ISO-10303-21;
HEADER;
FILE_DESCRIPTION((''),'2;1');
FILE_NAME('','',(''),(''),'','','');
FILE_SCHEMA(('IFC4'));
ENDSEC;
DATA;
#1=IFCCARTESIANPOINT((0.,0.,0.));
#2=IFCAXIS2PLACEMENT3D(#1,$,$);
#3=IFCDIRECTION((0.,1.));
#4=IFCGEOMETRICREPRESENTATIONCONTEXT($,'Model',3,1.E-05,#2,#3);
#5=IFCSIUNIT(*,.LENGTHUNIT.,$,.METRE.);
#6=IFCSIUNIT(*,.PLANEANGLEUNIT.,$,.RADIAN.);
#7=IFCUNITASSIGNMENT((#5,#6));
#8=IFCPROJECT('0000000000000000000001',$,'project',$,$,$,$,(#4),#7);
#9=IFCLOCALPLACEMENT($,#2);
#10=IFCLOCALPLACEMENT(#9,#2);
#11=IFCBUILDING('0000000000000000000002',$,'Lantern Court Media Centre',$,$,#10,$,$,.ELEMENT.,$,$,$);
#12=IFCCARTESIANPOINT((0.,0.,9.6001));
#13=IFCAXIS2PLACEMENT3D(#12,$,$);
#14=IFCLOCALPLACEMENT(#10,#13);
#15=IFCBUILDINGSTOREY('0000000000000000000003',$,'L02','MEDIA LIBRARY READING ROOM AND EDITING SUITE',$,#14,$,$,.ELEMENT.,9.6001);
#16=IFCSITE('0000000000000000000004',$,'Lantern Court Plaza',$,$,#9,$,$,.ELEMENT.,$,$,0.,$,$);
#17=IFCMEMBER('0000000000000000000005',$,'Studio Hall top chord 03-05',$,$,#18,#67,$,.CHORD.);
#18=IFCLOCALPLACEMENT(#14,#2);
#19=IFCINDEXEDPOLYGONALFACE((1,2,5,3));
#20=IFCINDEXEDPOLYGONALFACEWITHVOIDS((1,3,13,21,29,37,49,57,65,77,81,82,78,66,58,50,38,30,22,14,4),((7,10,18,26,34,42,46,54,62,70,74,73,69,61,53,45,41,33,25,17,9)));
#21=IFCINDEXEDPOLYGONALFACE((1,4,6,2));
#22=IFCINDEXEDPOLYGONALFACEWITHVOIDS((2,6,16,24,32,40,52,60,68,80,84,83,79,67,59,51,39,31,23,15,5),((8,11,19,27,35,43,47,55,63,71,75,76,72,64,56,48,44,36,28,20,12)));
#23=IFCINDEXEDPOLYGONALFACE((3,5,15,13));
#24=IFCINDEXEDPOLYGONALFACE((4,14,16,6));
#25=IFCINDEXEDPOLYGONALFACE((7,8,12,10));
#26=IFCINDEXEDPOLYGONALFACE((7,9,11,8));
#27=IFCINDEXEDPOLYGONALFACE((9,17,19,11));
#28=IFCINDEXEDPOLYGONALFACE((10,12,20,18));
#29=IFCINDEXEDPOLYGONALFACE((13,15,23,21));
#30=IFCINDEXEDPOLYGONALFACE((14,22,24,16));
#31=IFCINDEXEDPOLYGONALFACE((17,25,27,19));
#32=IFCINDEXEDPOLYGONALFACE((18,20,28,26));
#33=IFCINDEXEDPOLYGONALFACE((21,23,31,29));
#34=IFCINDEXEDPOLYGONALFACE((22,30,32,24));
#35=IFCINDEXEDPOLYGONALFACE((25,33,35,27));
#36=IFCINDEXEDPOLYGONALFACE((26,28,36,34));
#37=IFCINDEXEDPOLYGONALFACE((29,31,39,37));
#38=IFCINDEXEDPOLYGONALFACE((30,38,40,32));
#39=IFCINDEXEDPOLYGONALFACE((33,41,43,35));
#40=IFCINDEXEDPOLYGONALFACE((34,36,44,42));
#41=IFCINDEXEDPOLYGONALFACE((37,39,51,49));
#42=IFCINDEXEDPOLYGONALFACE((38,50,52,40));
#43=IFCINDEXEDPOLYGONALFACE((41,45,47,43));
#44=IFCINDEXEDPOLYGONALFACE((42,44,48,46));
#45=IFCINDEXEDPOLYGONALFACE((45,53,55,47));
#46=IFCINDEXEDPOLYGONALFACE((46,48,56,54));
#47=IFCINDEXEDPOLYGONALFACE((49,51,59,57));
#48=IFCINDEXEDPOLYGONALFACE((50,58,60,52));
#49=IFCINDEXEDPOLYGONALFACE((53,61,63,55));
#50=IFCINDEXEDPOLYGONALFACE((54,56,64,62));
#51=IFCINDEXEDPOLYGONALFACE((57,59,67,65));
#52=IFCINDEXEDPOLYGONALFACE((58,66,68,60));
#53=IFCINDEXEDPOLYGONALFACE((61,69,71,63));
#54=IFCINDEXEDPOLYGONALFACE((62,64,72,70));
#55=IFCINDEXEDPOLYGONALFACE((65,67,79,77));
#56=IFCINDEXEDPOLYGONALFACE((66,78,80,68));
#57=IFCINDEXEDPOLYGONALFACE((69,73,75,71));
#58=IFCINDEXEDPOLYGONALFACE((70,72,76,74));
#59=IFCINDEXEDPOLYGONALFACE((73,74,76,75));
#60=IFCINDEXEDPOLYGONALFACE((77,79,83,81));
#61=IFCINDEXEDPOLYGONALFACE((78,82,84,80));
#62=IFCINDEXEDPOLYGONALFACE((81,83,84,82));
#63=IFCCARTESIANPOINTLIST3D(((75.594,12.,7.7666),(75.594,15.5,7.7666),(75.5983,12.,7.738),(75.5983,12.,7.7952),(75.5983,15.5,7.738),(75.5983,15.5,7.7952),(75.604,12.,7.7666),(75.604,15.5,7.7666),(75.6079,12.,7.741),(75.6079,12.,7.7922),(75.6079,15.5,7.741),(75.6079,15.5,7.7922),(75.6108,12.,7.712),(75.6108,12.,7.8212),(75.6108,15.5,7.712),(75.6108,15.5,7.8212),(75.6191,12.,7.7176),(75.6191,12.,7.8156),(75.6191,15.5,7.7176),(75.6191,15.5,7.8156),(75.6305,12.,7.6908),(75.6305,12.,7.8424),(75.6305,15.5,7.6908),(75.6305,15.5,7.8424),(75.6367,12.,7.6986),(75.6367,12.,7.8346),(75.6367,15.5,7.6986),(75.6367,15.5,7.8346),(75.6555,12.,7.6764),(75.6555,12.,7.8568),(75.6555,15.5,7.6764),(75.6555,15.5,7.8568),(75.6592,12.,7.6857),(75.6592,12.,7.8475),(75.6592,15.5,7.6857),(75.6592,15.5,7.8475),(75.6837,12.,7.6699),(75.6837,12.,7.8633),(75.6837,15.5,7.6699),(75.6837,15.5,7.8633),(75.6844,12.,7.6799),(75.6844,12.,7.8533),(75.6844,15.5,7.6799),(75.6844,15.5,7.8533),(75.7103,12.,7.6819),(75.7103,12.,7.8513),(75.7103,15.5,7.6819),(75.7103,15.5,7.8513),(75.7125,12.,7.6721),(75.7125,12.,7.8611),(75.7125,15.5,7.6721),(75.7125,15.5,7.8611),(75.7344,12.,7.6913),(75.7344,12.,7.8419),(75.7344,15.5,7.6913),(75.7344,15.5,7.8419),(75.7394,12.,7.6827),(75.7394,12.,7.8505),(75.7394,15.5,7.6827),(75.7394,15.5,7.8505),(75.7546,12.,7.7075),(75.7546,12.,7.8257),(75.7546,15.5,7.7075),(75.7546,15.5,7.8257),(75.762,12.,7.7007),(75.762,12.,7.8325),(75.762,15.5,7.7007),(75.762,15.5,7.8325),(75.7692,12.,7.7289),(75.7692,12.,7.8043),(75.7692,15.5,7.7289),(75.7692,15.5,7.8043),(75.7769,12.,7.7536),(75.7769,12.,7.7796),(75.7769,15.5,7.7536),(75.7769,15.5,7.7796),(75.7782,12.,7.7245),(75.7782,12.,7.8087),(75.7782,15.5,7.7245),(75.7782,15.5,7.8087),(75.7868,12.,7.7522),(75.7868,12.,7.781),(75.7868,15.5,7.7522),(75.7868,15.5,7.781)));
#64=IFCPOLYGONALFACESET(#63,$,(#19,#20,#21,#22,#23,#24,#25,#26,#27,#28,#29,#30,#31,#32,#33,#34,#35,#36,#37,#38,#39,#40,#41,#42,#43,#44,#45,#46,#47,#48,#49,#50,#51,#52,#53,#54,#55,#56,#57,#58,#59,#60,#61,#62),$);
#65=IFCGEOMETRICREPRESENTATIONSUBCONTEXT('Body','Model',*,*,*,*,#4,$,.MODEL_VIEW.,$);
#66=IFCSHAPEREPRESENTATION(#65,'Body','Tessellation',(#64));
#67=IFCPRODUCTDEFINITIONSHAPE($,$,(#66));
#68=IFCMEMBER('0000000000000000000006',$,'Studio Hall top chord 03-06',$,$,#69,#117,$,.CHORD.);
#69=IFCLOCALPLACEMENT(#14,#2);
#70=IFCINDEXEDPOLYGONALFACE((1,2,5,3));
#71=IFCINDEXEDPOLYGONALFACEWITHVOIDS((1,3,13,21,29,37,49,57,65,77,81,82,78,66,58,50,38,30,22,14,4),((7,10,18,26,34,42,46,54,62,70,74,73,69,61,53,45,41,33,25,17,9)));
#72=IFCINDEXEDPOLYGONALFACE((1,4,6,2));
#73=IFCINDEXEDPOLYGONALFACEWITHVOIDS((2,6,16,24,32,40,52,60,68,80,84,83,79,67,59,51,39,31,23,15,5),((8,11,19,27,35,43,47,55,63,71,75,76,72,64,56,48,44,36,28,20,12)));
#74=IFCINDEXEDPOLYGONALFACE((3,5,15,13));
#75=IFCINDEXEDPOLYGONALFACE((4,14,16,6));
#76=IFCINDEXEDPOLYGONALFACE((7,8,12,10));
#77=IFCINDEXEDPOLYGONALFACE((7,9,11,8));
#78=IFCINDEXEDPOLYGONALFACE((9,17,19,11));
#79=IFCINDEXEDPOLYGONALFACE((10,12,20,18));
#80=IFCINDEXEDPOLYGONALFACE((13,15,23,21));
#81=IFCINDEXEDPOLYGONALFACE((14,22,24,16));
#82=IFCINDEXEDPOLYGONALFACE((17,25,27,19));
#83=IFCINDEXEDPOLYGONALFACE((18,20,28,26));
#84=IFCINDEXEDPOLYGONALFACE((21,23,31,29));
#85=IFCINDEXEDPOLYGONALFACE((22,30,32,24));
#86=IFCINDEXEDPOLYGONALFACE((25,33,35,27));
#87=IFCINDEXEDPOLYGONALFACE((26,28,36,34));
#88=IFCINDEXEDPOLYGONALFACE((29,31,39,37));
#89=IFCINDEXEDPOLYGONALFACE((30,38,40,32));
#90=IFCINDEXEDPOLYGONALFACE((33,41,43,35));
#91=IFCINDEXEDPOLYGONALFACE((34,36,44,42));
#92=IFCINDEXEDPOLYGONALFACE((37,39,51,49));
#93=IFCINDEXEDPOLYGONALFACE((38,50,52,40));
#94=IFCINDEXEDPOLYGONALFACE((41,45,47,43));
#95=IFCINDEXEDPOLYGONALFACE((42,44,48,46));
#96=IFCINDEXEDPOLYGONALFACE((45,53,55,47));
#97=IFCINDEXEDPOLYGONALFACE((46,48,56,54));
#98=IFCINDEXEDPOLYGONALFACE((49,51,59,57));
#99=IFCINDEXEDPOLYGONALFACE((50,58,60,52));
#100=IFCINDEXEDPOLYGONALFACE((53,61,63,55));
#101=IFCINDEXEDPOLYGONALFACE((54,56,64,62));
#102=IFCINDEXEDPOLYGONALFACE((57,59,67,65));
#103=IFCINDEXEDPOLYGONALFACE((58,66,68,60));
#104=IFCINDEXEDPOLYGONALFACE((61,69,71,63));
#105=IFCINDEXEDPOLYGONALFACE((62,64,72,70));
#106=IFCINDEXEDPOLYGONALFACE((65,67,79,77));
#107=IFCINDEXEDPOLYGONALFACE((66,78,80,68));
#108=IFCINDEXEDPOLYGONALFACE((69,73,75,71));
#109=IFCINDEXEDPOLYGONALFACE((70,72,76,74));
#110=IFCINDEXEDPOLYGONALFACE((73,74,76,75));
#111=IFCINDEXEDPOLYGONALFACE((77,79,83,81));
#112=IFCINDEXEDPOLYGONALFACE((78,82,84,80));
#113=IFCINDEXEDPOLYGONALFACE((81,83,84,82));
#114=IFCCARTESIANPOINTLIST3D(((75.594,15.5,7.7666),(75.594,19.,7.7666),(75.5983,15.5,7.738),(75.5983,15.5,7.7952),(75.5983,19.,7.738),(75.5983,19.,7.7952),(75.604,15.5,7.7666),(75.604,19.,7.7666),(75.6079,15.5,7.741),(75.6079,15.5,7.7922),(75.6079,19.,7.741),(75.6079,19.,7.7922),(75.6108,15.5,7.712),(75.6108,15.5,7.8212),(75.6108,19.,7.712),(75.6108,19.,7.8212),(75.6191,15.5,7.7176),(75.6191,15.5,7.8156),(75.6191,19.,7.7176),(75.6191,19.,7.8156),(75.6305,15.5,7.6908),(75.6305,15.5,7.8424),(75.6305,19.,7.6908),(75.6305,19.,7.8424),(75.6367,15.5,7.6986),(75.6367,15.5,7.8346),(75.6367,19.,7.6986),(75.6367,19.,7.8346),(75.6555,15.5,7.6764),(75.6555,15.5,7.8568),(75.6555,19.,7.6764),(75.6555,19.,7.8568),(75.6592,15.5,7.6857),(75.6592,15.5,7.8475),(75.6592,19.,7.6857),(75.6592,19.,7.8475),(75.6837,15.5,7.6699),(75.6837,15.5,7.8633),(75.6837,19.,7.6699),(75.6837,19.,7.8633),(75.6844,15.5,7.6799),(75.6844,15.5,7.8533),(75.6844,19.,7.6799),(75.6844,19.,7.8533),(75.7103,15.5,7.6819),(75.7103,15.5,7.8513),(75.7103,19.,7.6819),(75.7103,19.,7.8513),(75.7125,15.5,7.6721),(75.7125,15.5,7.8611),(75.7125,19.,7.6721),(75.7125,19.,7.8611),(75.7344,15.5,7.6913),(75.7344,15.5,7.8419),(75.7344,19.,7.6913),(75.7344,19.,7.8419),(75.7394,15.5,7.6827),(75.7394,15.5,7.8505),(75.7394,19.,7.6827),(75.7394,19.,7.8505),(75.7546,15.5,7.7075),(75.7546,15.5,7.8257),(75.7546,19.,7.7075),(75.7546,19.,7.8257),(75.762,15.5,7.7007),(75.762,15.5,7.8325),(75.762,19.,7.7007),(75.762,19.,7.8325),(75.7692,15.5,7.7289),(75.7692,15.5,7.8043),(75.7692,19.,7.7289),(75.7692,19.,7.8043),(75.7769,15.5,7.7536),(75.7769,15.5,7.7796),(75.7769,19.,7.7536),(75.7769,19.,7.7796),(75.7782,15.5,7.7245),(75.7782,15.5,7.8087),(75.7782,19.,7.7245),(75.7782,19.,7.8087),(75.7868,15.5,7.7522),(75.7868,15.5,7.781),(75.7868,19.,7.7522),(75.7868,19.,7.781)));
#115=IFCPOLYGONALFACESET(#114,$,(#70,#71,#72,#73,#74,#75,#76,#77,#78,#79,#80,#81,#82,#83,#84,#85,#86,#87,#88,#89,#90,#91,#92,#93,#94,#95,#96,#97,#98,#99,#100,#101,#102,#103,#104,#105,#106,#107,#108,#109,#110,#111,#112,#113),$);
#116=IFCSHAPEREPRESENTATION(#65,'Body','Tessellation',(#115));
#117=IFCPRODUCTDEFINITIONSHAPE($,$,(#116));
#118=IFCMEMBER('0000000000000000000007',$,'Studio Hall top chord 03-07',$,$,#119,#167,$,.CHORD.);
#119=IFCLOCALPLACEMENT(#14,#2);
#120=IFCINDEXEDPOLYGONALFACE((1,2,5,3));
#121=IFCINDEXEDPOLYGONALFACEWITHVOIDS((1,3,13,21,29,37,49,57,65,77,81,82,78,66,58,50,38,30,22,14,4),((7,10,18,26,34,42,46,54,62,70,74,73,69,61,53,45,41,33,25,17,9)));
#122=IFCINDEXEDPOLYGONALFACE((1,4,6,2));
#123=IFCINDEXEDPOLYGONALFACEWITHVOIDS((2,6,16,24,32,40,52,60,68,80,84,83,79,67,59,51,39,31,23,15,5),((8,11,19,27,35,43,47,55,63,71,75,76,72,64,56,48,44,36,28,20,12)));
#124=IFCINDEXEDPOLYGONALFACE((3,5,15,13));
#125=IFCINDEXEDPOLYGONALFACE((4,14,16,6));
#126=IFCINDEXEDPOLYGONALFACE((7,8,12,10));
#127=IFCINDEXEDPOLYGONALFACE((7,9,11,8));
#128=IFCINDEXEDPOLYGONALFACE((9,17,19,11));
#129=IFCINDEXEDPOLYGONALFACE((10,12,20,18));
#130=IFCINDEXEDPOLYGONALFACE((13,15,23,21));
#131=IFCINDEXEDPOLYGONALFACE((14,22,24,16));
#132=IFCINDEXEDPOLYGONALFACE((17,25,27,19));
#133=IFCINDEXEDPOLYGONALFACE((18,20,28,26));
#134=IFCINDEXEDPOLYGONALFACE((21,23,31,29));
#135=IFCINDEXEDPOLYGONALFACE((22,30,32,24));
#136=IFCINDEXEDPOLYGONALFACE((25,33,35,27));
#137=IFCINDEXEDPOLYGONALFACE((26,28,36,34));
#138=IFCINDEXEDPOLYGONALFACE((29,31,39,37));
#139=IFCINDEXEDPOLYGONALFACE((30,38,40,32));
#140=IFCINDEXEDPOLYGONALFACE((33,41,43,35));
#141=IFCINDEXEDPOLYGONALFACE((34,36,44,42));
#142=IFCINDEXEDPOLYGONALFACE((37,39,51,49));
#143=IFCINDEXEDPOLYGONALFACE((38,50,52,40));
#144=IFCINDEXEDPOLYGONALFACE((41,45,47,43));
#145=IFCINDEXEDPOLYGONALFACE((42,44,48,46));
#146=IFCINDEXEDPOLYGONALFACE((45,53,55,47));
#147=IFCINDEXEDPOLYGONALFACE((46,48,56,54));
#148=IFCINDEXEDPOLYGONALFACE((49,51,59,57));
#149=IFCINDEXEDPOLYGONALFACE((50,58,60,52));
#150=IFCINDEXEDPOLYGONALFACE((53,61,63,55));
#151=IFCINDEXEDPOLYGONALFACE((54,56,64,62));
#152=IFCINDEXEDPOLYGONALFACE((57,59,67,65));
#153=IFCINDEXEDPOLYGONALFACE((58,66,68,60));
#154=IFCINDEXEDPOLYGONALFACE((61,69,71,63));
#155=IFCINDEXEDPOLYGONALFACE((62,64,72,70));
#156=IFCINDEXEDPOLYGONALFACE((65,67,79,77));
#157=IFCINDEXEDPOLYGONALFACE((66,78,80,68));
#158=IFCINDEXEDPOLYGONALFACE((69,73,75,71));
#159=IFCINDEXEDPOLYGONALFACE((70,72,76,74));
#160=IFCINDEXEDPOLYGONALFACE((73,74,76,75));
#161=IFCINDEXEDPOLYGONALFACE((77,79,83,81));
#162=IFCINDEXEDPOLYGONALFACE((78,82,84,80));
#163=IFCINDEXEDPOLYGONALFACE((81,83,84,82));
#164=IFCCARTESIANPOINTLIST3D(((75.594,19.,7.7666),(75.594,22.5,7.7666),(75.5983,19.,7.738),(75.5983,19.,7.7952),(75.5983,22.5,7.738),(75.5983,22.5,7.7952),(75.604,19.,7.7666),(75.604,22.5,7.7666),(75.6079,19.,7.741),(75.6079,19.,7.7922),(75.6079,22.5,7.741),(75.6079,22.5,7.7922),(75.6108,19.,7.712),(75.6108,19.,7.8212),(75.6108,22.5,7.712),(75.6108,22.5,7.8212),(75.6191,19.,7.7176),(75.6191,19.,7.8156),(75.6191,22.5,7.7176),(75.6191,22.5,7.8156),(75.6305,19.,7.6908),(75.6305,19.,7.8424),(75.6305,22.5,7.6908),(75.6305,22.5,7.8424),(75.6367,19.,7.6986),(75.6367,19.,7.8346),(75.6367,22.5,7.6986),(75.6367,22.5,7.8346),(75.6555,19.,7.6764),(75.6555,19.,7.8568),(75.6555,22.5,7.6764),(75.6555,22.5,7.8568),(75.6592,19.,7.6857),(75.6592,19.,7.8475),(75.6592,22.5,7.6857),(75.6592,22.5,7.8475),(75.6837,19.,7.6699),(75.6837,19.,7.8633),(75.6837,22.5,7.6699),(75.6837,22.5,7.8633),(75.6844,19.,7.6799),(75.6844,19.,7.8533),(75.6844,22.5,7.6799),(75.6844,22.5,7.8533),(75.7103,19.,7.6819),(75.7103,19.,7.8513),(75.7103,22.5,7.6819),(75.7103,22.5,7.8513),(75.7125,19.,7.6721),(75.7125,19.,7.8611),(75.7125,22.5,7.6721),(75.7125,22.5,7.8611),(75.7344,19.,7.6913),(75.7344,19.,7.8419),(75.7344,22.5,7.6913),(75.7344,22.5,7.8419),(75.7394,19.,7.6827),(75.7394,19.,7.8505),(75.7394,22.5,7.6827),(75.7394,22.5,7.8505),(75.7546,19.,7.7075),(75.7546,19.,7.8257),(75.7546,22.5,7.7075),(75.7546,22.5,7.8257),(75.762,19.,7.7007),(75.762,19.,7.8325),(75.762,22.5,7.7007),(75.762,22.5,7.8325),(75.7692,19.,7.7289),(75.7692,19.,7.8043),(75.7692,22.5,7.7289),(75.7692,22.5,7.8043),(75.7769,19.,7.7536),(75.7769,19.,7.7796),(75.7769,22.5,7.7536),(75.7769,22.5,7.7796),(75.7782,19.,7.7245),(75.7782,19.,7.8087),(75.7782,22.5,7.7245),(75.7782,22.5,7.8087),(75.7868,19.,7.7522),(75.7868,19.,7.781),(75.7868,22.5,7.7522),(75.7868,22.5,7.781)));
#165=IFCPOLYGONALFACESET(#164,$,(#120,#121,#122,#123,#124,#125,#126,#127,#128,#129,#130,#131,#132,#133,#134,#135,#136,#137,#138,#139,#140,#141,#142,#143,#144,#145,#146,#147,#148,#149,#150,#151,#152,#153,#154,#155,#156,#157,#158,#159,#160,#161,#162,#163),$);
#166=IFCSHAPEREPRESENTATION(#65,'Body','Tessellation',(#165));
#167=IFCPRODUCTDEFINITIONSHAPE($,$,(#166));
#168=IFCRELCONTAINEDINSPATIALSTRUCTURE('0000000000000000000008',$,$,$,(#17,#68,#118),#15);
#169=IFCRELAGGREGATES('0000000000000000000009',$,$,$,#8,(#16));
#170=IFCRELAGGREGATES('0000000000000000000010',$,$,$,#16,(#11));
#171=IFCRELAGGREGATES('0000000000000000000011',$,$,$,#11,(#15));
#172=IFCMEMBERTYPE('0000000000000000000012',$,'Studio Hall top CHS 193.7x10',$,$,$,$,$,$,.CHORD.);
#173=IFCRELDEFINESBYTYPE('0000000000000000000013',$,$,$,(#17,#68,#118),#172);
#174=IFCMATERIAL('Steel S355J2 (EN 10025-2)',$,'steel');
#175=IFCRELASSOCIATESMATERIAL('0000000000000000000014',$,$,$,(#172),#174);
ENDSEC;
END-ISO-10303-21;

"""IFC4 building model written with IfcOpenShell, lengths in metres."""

from ifc_helpers import new_model, si_unit, direction, frame, origin, origin_2d, place, context, subcontext, project, spatial, hollow_circle, extrude, material, material_profile, profile_set, type_object, element, save


model = new_model("IFC4")

# Units and contexts
model_context = context("Model", 3, precision=1e-05, world=origin(), true_north=direction((0.0, 1.0)))
body_context = subcontext(model_context, "Body", "Model", "MODEL_VIEW")
ifc_project = project(units=[si_unit("LENGTHUNIT", "METRE"), si_unit("PLANEANGLEUNIT", "RADIAN")], contexts=[model_context])

# Site, building, storey
site_placement = place(None, origin())
site = spatial("IfcSite", under=ifc_project, at=site_placement, Name="Lantern Court Plaza", CompositionType="ELEMENT", RefElevation=0.0)
building_placement = place(site_placement, origin())
building = spatial("IfcBuilding", under=site, at=building_placement, Name="Lantern Court Media Centre", CompositionType="ELEMENT")
storey_placement = place(building_placement, frame((0.0, 0.0, 9.6001)))
storey = spatial("IfcBuildingStorey", under=building, at=storey_placement, Name="L02", Description="MEDIA LIBRARY READING ROOM AND EDITING SUITE", CompositionType="ELEMENT", Elevation=9.6001)

# Members
ifc_material_1 = material(Name="Steel S355J2 (EN 10025-2)", Category="steel")
ifc_material_profile_1 = material_profile(ifc_material_1, hollow_circle(Radius=0.0969, WallThickness=0.01, at=origin_2d()), Name="Studio Hall top CHS 193.7x10")
ifc_profile_set_1 = profile_set([ifc_material_profile_1], Name="Steel S355J2 (EN 10025-2)")
member_type_1 = type_object("IfcMemberType", Name="Studio Hall top CHS 193.7x10", PredefinedType="CHORD", material=ifc_profile_set_1)
for number, where, z_axis, x_axis, name in (
    (1, (75.6909, 12.0, 7.7666), (0.0, 1.0, 0.0), (-1.0, 0.0, 0.0), "Studio Hall top chord 03-05"),
    (2, (75.6909, 15.5, 7.7666), (0.0, 1.0, 0.0), (-1.0, 0.0, 0.0), "Studio Hall top chord 03-06"),
    (3, (75.6909, 19.0, 7.7666), (0.0, 1.0, 0.0), (-1.0, 0.0, 0.0), "Studio Hall top chord 03-07"),
):
    element("IfcMember", number, at=place(storey_placement, frame(where, z_axis=z_axis, x_axis=x_axis)), inside=storey, type_object=member_type_1, Name=name, PredefinedType="CHORD", context=body_context, shape_type="SweptSolid", body=[
        extrude(hollow_circle(Radius=0.0969, WallThickness=0.01, at=origin_2d()), origin(), (0.0, 0.0, 1.0), 3.5),
    ])

save(model, "model.ifc")
